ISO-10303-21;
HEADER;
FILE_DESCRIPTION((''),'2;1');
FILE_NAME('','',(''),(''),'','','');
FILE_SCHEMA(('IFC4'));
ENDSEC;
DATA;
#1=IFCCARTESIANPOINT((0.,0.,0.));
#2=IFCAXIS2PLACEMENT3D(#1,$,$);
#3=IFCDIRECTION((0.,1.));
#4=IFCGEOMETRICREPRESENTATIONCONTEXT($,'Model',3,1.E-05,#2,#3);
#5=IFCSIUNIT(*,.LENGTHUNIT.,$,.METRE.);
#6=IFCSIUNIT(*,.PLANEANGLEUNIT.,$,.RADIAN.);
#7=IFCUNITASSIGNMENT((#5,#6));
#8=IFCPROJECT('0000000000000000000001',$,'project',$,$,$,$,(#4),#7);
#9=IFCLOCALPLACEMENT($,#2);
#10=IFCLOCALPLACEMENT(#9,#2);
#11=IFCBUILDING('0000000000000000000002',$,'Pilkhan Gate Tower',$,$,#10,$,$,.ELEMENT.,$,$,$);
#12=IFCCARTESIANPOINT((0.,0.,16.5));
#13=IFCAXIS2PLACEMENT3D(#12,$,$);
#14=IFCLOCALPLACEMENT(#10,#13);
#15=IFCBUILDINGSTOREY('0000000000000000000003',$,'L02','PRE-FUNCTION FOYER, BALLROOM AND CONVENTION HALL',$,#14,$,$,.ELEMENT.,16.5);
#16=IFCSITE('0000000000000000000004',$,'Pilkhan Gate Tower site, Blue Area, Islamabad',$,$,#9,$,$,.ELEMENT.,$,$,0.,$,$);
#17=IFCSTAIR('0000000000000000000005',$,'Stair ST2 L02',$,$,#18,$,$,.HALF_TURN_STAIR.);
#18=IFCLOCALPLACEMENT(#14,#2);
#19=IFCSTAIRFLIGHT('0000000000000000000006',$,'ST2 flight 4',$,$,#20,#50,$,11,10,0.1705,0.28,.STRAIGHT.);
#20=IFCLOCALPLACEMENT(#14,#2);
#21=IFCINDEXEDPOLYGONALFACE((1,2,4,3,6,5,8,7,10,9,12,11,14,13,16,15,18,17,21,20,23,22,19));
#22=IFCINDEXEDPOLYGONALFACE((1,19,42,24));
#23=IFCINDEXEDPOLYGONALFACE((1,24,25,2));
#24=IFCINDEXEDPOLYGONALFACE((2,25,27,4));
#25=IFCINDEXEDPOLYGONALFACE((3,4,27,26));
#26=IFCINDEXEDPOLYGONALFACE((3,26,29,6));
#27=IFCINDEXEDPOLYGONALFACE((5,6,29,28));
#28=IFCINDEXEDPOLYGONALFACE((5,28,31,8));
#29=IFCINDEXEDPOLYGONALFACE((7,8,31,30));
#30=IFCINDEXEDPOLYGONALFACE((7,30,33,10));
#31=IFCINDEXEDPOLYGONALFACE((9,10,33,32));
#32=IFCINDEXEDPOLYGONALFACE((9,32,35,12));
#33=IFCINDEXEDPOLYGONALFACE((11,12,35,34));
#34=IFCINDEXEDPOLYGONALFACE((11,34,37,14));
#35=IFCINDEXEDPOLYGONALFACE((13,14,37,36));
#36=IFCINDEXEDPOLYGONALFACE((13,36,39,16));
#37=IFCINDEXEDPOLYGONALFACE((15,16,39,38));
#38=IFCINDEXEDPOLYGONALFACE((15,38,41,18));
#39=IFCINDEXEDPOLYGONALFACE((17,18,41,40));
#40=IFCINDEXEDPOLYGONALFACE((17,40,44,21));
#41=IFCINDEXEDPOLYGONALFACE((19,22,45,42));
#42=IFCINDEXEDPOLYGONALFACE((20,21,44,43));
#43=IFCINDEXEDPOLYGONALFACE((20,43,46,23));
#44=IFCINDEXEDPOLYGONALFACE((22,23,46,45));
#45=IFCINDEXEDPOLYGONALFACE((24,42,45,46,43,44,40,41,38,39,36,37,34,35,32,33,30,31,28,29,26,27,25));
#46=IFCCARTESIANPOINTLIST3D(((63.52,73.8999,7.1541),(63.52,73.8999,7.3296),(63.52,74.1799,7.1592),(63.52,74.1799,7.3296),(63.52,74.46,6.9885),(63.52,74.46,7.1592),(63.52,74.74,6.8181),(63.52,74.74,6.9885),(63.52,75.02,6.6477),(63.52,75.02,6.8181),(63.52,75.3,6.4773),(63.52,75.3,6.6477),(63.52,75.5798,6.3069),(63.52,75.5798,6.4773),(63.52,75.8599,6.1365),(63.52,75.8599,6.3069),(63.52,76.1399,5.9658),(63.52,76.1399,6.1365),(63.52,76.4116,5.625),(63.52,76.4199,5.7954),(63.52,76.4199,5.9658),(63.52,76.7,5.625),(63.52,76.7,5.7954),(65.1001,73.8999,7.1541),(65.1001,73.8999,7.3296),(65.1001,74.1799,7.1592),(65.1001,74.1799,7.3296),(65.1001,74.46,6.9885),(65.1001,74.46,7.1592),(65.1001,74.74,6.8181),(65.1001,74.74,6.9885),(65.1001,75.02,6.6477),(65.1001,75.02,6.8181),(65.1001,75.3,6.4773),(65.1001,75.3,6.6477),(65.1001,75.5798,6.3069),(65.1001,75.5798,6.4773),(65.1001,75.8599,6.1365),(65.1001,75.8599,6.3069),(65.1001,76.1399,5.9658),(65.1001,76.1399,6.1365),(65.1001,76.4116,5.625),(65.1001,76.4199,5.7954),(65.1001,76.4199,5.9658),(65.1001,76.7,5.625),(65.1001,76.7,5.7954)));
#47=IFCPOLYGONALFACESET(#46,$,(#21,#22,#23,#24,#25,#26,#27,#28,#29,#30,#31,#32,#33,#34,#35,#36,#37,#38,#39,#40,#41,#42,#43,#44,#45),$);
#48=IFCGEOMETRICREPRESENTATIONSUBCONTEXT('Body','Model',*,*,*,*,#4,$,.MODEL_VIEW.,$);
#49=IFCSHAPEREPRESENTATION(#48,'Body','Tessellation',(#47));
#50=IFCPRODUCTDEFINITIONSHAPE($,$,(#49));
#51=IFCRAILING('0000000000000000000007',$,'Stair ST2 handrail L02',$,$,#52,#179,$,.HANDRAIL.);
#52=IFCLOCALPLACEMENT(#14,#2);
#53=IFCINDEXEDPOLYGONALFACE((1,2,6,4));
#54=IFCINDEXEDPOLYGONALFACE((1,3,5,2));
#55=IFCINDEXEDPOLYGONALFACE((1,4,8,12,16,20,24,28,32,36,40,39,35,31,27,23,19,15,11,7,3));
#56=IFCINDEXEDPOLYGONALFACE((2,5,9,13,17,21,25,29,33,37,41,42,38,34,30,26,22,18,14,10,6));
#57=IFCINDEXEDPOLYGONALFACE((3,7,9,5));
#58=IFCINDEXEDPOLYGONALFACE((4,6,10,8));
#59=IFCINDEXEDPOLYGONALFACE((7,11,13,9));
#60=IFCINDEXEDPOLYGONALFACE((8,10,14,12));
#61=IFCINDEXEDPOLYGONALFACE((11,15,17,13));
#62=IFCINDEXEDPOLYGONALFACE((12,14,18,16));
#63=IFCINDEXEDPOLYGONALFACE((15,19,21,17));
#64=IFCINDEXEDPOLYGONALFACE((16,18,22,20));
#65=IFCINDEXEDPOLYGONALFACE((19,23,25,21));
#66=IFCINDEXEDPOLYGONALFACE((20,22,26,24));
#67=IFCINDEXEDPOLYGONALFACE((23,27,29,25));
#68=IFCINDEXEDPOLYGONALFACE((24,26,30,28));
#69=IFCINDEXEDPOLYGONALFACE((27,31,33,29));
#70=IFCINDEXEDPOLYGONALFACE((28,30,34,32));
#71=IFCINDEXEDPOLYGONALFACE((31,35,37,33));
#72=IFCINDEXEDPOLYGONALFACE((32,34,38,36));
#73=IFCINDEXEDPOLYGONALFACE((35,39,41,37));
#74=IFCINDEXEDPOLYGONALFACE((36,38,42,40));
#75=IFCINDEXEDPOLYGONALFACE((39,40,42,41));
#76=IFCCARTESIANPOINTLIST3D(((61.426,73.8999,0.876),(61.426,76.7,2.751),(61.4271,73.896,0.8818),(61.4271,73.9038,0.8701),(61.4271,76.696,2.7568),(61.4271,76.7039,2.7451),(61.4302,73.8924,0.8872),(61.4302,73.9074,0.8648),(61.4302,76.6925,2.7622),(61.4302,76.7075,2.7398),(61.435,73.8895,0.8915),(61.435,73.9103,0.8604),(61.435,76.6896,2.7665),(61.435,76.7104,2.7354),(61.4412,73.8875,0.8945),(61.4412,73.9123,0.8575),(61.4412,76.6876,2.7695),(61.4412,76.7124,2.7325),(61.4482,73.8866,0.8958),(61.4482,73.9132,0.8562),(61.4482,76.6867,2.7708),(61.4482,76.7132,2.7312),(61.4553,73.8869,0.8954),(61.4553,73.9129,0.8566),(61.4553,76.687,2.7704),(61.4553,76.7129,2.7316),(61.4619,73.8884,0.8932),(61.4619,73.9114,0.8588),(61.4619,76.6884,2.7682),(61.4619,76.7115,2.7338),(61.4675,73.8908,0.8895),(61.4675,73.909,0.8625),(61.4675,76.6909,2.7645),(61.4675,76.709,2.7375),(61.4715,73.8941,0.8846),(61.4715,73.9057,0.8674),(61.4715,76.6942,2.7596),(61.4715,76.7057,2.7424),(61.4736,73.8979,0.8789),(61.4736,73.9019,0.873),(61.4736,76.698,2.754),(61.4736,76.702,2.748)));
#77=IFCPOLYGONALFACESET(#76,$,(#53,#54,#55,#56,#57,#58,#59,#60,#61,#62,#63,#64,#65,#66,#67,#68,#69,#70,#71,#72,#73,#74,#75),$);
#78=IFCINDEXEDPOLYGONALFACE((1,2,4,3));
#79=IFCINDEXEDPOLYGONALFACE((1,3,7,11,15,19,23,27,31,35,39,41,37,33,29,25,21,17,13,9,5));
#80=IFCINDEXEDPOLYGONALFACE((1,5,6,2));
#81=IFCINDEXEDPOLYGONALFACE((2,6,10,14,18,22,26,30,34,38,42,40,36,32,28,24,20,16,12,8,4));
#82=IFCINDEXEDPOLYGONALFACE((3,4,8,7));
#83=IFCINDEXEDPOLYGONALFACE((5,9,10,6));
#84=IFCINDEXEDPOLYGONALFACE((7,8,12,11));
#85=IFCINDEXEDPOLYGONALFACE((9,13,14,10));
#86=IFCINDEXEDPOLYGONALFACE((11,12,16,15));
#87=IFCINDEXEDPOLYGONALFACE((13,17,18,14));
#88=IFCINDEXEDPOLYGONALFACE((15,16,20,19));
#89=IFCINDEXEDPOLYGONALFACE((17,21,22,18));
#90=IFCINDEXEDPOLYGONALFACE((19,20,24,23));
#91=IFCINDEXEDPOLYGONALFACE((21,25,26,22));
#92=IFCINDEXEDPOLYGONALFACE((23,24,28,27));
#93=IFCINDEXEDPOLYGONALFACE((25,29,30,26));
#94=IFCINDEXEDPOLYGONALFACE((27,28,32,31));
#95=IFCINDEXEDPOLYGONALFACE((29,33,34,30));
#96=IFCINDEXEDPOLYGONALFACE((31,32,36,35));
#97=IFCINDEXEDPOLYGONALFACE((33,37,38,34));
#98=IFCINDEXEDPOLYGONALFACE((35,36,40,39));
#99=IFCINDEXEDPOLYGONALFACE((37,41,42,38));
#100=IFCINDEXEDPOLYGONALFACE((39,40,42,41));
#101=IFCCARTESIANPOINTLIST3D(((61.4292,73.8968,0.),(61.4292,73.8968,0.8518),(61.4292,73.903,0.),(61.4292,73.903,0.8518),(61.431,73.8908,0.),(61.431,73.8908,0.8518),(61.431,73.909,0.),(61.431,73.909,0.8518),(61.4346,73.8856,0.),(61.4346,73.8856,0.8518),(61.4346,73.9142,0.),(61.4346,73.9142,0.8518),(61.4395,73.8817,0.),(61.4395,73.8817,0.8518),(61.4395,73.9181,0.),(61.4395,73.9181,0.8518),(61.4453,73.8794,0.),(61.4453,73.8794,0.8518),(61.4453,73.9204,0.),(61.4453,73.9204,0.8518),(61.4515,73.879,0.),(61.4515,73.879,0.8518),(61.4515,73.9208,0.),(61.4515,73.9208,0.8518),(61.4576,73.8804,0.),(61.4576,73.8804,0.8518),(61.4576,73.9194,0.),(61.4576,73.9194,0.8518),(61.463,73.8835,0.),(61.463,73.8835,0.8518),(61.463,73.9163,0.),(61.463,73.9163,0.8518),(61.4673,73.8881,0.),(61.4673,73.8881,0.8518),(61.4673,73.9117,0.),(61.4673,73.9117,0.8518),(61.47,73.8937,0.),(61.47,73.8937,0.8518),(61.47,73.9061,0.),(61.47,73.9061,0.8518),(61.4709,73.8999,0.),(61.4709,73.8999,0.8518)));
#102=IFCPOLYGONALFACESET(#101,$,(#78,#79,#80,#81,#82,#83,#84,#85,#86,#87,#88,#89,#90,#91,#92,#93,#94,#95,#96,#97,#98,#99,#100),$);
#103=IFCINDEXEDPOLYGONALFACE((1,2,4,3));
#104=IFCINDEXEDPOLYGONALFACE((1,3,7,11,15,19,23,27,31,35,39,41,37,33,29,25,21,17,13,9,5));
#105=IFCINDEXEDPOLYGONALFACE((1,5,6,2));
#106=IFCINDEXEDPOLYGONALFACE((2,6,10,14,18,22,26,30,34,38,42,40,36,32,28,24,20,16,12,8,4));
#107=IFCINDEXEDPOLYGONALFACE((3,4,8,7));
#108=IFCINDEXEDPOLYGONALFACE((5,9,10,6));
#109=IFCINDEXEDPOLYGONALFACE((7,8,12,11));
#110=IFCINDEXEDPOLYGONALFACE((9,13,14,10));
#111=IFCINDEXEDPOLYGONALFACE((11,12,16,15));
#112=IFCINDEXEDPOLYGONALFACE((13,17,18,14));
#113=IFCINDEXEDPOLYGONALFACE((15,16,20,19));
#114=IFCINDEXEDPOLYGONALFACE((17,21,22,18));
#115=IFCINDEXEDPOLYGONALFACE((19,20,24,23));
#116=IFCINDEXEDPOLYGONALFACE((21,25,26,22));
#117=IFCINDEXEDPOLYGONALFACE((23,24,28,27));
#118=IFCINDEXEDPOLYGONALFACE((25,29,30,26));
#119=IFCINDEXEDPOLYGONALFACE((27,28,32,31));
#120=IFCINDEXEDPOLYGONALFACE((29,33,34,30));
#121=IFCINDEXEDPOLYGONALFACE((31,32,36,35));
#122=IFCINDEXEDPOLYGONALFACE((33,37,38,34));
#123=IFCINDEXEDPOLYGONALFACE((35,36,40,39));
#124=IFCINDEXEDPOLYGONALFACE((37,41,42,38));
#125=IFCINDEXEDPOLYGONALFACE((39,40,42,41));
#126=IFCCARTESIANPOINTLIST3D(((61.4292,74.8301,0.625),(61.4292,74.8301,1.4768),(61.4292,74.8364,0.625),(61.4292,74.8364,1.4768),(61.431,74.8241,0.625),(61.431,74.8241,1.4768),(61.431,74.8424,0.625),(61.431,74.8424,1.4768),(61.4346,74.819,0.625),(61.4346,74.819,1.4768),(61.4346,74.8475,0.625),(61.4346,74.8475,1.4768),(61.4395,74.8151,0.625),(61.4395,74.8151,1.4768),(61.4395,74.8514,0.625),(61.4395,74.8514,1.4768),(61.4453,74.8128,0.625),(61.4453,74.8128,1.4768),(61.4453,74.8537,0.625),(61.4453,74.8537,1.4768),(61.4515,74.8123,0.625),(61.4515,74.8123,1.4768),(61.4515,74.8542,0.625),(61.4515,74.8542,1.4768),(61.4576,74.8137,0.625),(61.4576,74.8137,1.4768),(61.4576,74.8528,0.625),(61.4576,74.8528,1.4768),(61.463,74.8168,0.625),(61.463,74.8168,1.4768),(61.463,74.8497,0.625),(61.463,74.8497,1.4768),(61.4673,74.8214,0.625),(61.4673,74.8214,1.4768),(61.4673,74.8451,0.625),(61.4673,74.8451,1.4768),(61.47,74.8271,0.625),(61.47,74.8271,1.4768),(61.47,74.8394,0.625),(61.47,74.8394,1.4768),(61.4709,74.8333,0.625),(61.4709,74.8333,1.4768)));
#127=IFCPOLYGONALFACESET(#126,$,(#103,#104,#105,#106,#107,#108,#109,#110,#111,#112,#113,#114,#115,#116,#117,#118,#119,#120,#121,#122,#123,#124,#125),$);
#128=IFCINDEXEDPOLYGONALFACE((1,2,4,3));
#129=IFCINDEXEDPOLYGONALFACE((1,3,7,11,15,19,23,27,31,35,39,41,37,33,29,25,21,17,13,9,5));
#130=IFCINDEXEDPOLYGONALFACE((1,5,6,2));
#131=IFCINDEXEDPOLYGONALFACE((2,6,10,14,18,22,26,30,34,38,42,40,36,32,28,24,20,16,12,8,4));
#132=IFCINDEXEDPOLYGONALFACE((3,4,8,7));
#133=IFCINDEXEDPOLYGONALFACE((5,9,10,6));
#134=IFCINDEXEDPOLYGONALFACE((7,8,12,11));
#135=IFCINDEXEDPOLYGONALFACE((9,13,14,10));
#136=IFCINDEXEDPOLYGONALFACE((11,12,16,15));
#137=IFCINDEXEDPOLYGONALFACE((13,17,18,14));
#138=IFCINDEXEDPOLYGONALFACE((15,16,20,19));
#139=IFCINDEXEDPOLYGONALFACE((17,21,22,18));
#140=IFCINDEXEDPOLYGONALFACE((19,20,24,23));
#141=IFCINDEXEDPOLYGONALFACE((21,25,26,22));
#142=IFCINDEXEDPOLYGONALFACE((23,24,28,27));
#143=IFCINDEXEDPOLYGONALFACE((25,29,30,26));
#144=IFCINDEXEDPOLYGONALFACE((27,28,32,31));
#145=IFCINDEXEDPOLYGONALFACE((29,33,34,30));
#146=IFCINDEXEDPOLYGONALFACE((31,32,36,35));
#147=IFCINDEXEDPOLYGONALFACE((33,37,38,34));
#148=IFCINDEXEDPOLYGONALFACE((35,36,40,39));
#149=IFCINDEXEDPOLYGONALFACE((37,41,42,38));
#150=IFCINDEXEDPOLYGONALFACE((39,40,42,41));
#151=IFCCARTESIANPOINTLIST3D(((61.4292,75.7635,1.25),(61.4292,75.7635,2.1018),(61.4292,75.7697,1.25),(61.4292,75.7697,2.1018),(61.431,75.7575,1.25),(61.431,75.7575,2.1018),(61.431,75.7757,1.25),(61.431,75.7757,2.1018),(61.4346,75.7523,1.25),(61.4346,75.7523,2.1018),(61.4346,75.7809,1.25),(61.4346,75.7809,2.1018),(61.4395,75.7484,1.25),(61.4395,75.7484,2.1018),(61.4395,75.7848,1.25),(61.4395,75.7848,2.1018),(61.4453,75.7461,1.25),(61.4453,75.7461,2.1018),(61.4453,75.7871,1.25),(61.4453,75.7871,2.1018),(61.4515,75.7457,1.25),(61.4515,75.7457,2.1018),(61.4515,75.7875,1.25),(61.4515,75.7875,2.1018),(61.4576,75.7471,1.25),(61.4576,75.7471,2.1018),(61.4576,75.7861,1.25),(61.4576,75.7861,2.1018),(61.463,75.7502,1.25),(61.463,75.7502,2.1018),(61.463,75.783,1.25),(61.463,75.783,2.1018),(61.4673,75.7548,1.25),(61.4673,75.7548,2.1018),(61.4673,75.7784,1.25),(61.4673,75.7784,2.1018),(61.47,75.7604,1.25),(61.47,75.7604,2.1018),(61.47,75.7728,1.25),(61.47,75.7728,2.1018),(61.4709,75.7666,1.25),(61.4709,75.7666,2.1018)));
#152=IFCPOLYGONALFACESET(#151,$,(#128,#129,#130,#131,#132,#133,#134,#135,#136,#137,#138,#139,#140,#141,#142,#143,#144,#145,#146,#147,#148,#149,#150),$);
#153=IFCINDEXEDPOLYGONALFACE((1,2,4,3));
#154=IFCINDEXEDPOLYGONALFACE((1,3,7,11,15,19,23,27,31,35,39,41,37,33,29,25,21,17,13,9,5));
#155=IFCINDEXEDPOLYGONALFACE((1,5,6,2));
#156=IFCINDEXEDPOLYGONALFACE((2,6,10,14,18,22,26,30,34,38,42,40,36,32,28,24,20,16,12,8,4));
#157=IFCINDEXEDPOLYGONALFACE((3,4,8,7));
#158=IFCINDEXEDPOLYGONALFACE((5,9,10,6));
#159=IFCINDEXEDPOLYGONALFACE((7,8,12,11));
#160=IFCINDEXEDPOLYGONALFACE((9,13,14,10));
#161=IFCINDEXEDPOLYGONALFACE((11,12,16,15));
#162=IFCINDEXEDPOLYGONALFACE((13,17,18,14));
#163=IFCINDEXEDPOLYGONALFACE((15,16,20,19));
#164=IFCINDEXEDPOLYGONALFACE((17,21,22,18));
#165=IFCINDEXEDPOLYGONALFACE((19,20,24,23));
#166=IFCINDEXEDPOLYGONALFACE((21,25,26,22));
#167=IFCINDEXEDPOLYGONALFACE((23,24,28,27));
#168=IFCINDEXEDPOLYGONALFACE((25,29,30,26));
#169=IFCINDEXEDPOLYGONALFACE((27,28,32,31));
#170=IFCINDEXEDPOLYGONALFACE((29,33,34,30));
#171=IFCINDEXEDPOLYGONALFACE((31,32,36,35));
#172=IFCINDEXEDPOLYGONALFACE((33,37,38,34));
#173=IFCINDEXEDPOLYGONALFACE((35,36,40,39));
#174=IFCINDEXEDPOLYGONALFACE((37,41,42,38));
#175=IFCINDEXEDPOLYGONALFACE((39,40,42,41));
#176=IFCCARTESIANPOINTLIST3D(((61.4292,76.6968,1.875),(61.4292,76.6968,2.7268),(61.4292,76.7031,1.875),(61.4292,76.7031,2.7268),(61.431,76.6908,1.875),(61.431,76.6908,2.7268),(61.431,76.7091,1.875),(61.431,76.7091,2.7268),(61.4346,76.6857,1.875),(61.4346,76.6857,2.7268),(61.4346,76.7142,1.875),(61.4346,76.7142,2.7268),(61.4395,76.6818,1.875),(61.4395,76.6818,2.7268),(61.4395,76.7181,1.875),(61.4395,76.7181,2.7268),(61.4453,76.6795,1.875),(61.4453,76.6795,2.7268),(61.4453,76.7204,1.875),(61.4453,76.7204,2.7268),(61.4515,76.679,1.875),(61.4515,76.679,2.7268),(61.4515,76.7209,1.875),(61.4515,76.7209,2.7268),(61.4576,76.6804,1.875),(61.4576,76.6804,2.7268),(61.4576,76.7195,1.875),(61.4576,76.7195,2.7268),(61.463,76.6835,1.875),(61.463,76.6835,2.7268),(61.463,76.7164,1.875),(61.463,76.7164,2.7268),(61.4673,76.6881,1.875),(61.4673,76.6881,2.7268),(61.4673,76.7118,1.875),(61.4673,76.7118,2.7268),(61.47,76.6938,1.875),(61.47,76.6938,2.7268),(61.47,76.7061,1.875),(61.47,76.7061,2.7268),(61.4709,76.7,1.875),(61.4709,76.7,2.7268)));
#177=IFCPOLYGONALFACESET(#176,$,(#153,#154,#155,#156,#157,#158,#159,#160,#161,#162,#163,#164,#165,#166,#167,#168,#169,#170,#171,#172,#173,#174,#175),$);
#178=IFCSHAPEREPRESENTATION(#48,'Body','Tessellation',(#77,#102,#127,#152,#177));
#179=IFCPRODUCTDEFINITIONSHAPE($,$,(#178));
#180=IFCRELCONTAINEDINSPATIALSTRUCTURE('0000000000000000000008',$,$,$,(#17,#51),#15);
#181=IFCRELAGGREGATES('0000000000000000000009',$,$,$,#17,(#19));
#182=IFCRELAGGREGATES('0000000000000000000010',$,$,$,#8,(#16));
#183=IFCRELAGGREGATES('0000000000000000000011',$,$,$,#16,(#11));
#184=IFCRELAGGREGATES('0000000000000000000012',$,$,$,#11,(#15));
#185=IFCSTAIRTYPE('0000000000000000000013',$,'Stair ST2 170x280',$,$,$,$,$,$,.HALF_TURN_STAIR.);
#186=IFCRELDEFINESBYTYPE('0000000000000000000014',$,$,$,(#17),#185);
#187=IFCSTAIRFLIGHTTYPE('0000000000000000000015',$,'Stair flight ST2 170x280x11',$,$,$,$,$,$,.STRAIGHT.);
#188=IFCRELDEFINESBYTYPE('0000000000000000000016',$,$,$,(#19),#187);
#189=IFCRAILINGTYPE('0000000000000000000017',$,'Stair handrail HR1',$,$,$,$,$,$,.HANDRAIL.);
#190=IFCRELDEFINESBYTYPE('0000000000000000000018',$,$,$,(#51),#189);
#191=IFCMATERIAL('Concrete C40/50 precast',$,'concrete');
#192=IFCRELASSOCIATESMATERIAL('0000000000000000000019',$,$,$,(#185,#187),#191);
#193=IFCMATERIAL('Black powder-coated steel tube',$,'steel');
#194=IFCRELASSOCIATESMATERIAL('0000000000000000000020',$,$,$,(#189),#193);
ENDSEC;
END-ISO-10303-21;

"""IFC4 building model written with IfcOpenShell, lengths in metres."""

from ifc_helpers import new_model, si_unit, direction, frame, origin, origin_2d, place, context, subcontext, project, spatial, polyline, circle, outline, extrude, material, type_object, element, aggregate, save


model = new_model("IFC4")

# Units and contexts
model_context = context("Model", 3, precision=1e-05, world=origin(), true_north=direction((0.0, 1.0)))
body_context = subcontext(model_context, "Body", "Model", "MODEL_VIEW")
ifc_project = project(units=[si_unit("LENGTHUNIT", "METRE"), si_unit("PLANEANGLEUNIT", "RADIAN")], contexts=[model_context])

# Site, building, storey
site_placement = place(None, origin())
site = spatial("IfcSite", under=ifc_project, at=site_placement, Name="Pilkhan Gate Tower site, Blue Area, Islamabad", CompositionType="ELEMENT", RefElevation=0.0)
building_placement = place(site_placement, origin())
building = spatial("IfcBuilding", under=site, at=building_placement, Name="Pilkhan Gate Tower", CompositionType="ELEMENT")
storey_placement = place(building_placement, frame((0.0, 0.0, 16.5)))
storey = spatial("IfcBuildingStorey", under=building, at=storey_placement, Name="L02", Description="PRE-FUNCTION FOYER, BALLROOM AND CONVENTION HALL", CompositionType="ELEMENT", Elevation=16.5)

# Stair, stair flight
ifc_material_1 = material(Name="Concrete C40/50 precast", Category="concrete")
stair_type = type_object("IfcStairType", Name="Stair ST2 170x280", PredefinedType="HALF_TURN_STAIR", material=ifc_material_1)
stair_placement = place(storey_placement, origin())
stair = element("IfcStair", 1, at=stair_placement, inside=storey, type_object=stair_type, Name="Stair ST2 L02", PredefinedType="HALF_TURN_STAIR")
stair_flight_type = type_object("IfcStairFlightType", Name="Stair flight ST2 170x280x11", PredefinedType="STRAIGHT", material=ifc_material_1)
stair_flight_1_placement = place(storey_placement, frame((64.3101, 76.7, 5.625), z_axis=(0.0, 0.0, 1.0), x_axis=(0.0, -1.0, 0.0)))
stair_flight_1 = element("IfcStairFlight", 2, at=stair_flight_1_placement, type_object=stair_flight_type, Name="ST2 flight 4", NumberOfRisers=11, NumberOfTreads=10, PredefinedType="STRAIGHT", RiserHeight=0.1705, TreadLength=0.28, context=body_context, shape_type="SweptSolid", body=[
    extrude(outline(polyline([(0.0, 0.0), (0.0, 0.1704), (0.28, 0.1704), (0.28, 0.3408), (0.5601, 0.3408), (0.5601, 0.5115), (0.8401, 0.5115), (0.8401, 0.6819), (1.1201, 0.6819), (1.1201, 0.8523), (1.3999, 0.8523), (1.3999, 1.0227), (1.6799, 1.0227), (1.6799, 1.1931), (1.96, 1.1931), (1.96, 1.3635), (2.24, 1.3635), (2.24, 1.5342), (2.52, 1.5342), (2.52, 1.7046), (2.8, 1.7046), (2.8, 1.875), (2.8, 1.5291), (0.2883, 0.0), (0.0, 0.0)])), frame((0.0, 0.79, 0.0), z_axis=(0.0, -1.0, 0.0), x_axis=(1.0, 0.0, 0.0)), (0.0, 0.0, 1.0), 1.5801),
])
aggregate(stair, [stair_flight_1])

# Railing
ifc_material_2 = material(Name="Black powder-coated steel tube", Category="steel")
railing_type_1 = type_object("IfcRailingType", Name="Stair handrail HR1", PredefinedType="HANDRAIL", material=ifc_material_2)
railing_1_placement = place(storey_placement, frame((61.45, 73.8999, 0.0)))
element("IfcRailing", 3, at=railing_1_placement, inside=storey, type_object=railing_type_1, Name="Stair ST2 handrail L02", PredefinedType="HANDRAIL", context=body_context, shape_type="SweptSolid", body=[
    extrude(circle(Radius=0.0239, at=origin_2d()), frame((0.0, 0.0, 0.876), z_axis=(0.0, 0.830912, 0.556404), x_axis=(-1.0, 0.0, 0.0)), (0.0, 0.0, 1.0), 3.3699),
    extrude(circle(Radius=0.021, at=origin_2d()), origin(), (0.0, 0.0, 1.0), 0.8518),
    extrude(circle(Radius=0.021, at=origin_2d()), frame((0.0, 0.9333, 0.625)), (0.0, 0.0, 1.0), 0.8518),
    extrude(circle(Radius=0.021, at=origin_2d()), frame((0.0, 1.8667, 1.25)), (0.0, 0.0, 1.0), 0.8518),
    extrude(circle(Radius=0.021, at=origin_2d()), frame((0.0, 2.8, 1.875)), (0.0, 0.0, 1.0), 0.8518),
])

save(model, "model.ifc")
